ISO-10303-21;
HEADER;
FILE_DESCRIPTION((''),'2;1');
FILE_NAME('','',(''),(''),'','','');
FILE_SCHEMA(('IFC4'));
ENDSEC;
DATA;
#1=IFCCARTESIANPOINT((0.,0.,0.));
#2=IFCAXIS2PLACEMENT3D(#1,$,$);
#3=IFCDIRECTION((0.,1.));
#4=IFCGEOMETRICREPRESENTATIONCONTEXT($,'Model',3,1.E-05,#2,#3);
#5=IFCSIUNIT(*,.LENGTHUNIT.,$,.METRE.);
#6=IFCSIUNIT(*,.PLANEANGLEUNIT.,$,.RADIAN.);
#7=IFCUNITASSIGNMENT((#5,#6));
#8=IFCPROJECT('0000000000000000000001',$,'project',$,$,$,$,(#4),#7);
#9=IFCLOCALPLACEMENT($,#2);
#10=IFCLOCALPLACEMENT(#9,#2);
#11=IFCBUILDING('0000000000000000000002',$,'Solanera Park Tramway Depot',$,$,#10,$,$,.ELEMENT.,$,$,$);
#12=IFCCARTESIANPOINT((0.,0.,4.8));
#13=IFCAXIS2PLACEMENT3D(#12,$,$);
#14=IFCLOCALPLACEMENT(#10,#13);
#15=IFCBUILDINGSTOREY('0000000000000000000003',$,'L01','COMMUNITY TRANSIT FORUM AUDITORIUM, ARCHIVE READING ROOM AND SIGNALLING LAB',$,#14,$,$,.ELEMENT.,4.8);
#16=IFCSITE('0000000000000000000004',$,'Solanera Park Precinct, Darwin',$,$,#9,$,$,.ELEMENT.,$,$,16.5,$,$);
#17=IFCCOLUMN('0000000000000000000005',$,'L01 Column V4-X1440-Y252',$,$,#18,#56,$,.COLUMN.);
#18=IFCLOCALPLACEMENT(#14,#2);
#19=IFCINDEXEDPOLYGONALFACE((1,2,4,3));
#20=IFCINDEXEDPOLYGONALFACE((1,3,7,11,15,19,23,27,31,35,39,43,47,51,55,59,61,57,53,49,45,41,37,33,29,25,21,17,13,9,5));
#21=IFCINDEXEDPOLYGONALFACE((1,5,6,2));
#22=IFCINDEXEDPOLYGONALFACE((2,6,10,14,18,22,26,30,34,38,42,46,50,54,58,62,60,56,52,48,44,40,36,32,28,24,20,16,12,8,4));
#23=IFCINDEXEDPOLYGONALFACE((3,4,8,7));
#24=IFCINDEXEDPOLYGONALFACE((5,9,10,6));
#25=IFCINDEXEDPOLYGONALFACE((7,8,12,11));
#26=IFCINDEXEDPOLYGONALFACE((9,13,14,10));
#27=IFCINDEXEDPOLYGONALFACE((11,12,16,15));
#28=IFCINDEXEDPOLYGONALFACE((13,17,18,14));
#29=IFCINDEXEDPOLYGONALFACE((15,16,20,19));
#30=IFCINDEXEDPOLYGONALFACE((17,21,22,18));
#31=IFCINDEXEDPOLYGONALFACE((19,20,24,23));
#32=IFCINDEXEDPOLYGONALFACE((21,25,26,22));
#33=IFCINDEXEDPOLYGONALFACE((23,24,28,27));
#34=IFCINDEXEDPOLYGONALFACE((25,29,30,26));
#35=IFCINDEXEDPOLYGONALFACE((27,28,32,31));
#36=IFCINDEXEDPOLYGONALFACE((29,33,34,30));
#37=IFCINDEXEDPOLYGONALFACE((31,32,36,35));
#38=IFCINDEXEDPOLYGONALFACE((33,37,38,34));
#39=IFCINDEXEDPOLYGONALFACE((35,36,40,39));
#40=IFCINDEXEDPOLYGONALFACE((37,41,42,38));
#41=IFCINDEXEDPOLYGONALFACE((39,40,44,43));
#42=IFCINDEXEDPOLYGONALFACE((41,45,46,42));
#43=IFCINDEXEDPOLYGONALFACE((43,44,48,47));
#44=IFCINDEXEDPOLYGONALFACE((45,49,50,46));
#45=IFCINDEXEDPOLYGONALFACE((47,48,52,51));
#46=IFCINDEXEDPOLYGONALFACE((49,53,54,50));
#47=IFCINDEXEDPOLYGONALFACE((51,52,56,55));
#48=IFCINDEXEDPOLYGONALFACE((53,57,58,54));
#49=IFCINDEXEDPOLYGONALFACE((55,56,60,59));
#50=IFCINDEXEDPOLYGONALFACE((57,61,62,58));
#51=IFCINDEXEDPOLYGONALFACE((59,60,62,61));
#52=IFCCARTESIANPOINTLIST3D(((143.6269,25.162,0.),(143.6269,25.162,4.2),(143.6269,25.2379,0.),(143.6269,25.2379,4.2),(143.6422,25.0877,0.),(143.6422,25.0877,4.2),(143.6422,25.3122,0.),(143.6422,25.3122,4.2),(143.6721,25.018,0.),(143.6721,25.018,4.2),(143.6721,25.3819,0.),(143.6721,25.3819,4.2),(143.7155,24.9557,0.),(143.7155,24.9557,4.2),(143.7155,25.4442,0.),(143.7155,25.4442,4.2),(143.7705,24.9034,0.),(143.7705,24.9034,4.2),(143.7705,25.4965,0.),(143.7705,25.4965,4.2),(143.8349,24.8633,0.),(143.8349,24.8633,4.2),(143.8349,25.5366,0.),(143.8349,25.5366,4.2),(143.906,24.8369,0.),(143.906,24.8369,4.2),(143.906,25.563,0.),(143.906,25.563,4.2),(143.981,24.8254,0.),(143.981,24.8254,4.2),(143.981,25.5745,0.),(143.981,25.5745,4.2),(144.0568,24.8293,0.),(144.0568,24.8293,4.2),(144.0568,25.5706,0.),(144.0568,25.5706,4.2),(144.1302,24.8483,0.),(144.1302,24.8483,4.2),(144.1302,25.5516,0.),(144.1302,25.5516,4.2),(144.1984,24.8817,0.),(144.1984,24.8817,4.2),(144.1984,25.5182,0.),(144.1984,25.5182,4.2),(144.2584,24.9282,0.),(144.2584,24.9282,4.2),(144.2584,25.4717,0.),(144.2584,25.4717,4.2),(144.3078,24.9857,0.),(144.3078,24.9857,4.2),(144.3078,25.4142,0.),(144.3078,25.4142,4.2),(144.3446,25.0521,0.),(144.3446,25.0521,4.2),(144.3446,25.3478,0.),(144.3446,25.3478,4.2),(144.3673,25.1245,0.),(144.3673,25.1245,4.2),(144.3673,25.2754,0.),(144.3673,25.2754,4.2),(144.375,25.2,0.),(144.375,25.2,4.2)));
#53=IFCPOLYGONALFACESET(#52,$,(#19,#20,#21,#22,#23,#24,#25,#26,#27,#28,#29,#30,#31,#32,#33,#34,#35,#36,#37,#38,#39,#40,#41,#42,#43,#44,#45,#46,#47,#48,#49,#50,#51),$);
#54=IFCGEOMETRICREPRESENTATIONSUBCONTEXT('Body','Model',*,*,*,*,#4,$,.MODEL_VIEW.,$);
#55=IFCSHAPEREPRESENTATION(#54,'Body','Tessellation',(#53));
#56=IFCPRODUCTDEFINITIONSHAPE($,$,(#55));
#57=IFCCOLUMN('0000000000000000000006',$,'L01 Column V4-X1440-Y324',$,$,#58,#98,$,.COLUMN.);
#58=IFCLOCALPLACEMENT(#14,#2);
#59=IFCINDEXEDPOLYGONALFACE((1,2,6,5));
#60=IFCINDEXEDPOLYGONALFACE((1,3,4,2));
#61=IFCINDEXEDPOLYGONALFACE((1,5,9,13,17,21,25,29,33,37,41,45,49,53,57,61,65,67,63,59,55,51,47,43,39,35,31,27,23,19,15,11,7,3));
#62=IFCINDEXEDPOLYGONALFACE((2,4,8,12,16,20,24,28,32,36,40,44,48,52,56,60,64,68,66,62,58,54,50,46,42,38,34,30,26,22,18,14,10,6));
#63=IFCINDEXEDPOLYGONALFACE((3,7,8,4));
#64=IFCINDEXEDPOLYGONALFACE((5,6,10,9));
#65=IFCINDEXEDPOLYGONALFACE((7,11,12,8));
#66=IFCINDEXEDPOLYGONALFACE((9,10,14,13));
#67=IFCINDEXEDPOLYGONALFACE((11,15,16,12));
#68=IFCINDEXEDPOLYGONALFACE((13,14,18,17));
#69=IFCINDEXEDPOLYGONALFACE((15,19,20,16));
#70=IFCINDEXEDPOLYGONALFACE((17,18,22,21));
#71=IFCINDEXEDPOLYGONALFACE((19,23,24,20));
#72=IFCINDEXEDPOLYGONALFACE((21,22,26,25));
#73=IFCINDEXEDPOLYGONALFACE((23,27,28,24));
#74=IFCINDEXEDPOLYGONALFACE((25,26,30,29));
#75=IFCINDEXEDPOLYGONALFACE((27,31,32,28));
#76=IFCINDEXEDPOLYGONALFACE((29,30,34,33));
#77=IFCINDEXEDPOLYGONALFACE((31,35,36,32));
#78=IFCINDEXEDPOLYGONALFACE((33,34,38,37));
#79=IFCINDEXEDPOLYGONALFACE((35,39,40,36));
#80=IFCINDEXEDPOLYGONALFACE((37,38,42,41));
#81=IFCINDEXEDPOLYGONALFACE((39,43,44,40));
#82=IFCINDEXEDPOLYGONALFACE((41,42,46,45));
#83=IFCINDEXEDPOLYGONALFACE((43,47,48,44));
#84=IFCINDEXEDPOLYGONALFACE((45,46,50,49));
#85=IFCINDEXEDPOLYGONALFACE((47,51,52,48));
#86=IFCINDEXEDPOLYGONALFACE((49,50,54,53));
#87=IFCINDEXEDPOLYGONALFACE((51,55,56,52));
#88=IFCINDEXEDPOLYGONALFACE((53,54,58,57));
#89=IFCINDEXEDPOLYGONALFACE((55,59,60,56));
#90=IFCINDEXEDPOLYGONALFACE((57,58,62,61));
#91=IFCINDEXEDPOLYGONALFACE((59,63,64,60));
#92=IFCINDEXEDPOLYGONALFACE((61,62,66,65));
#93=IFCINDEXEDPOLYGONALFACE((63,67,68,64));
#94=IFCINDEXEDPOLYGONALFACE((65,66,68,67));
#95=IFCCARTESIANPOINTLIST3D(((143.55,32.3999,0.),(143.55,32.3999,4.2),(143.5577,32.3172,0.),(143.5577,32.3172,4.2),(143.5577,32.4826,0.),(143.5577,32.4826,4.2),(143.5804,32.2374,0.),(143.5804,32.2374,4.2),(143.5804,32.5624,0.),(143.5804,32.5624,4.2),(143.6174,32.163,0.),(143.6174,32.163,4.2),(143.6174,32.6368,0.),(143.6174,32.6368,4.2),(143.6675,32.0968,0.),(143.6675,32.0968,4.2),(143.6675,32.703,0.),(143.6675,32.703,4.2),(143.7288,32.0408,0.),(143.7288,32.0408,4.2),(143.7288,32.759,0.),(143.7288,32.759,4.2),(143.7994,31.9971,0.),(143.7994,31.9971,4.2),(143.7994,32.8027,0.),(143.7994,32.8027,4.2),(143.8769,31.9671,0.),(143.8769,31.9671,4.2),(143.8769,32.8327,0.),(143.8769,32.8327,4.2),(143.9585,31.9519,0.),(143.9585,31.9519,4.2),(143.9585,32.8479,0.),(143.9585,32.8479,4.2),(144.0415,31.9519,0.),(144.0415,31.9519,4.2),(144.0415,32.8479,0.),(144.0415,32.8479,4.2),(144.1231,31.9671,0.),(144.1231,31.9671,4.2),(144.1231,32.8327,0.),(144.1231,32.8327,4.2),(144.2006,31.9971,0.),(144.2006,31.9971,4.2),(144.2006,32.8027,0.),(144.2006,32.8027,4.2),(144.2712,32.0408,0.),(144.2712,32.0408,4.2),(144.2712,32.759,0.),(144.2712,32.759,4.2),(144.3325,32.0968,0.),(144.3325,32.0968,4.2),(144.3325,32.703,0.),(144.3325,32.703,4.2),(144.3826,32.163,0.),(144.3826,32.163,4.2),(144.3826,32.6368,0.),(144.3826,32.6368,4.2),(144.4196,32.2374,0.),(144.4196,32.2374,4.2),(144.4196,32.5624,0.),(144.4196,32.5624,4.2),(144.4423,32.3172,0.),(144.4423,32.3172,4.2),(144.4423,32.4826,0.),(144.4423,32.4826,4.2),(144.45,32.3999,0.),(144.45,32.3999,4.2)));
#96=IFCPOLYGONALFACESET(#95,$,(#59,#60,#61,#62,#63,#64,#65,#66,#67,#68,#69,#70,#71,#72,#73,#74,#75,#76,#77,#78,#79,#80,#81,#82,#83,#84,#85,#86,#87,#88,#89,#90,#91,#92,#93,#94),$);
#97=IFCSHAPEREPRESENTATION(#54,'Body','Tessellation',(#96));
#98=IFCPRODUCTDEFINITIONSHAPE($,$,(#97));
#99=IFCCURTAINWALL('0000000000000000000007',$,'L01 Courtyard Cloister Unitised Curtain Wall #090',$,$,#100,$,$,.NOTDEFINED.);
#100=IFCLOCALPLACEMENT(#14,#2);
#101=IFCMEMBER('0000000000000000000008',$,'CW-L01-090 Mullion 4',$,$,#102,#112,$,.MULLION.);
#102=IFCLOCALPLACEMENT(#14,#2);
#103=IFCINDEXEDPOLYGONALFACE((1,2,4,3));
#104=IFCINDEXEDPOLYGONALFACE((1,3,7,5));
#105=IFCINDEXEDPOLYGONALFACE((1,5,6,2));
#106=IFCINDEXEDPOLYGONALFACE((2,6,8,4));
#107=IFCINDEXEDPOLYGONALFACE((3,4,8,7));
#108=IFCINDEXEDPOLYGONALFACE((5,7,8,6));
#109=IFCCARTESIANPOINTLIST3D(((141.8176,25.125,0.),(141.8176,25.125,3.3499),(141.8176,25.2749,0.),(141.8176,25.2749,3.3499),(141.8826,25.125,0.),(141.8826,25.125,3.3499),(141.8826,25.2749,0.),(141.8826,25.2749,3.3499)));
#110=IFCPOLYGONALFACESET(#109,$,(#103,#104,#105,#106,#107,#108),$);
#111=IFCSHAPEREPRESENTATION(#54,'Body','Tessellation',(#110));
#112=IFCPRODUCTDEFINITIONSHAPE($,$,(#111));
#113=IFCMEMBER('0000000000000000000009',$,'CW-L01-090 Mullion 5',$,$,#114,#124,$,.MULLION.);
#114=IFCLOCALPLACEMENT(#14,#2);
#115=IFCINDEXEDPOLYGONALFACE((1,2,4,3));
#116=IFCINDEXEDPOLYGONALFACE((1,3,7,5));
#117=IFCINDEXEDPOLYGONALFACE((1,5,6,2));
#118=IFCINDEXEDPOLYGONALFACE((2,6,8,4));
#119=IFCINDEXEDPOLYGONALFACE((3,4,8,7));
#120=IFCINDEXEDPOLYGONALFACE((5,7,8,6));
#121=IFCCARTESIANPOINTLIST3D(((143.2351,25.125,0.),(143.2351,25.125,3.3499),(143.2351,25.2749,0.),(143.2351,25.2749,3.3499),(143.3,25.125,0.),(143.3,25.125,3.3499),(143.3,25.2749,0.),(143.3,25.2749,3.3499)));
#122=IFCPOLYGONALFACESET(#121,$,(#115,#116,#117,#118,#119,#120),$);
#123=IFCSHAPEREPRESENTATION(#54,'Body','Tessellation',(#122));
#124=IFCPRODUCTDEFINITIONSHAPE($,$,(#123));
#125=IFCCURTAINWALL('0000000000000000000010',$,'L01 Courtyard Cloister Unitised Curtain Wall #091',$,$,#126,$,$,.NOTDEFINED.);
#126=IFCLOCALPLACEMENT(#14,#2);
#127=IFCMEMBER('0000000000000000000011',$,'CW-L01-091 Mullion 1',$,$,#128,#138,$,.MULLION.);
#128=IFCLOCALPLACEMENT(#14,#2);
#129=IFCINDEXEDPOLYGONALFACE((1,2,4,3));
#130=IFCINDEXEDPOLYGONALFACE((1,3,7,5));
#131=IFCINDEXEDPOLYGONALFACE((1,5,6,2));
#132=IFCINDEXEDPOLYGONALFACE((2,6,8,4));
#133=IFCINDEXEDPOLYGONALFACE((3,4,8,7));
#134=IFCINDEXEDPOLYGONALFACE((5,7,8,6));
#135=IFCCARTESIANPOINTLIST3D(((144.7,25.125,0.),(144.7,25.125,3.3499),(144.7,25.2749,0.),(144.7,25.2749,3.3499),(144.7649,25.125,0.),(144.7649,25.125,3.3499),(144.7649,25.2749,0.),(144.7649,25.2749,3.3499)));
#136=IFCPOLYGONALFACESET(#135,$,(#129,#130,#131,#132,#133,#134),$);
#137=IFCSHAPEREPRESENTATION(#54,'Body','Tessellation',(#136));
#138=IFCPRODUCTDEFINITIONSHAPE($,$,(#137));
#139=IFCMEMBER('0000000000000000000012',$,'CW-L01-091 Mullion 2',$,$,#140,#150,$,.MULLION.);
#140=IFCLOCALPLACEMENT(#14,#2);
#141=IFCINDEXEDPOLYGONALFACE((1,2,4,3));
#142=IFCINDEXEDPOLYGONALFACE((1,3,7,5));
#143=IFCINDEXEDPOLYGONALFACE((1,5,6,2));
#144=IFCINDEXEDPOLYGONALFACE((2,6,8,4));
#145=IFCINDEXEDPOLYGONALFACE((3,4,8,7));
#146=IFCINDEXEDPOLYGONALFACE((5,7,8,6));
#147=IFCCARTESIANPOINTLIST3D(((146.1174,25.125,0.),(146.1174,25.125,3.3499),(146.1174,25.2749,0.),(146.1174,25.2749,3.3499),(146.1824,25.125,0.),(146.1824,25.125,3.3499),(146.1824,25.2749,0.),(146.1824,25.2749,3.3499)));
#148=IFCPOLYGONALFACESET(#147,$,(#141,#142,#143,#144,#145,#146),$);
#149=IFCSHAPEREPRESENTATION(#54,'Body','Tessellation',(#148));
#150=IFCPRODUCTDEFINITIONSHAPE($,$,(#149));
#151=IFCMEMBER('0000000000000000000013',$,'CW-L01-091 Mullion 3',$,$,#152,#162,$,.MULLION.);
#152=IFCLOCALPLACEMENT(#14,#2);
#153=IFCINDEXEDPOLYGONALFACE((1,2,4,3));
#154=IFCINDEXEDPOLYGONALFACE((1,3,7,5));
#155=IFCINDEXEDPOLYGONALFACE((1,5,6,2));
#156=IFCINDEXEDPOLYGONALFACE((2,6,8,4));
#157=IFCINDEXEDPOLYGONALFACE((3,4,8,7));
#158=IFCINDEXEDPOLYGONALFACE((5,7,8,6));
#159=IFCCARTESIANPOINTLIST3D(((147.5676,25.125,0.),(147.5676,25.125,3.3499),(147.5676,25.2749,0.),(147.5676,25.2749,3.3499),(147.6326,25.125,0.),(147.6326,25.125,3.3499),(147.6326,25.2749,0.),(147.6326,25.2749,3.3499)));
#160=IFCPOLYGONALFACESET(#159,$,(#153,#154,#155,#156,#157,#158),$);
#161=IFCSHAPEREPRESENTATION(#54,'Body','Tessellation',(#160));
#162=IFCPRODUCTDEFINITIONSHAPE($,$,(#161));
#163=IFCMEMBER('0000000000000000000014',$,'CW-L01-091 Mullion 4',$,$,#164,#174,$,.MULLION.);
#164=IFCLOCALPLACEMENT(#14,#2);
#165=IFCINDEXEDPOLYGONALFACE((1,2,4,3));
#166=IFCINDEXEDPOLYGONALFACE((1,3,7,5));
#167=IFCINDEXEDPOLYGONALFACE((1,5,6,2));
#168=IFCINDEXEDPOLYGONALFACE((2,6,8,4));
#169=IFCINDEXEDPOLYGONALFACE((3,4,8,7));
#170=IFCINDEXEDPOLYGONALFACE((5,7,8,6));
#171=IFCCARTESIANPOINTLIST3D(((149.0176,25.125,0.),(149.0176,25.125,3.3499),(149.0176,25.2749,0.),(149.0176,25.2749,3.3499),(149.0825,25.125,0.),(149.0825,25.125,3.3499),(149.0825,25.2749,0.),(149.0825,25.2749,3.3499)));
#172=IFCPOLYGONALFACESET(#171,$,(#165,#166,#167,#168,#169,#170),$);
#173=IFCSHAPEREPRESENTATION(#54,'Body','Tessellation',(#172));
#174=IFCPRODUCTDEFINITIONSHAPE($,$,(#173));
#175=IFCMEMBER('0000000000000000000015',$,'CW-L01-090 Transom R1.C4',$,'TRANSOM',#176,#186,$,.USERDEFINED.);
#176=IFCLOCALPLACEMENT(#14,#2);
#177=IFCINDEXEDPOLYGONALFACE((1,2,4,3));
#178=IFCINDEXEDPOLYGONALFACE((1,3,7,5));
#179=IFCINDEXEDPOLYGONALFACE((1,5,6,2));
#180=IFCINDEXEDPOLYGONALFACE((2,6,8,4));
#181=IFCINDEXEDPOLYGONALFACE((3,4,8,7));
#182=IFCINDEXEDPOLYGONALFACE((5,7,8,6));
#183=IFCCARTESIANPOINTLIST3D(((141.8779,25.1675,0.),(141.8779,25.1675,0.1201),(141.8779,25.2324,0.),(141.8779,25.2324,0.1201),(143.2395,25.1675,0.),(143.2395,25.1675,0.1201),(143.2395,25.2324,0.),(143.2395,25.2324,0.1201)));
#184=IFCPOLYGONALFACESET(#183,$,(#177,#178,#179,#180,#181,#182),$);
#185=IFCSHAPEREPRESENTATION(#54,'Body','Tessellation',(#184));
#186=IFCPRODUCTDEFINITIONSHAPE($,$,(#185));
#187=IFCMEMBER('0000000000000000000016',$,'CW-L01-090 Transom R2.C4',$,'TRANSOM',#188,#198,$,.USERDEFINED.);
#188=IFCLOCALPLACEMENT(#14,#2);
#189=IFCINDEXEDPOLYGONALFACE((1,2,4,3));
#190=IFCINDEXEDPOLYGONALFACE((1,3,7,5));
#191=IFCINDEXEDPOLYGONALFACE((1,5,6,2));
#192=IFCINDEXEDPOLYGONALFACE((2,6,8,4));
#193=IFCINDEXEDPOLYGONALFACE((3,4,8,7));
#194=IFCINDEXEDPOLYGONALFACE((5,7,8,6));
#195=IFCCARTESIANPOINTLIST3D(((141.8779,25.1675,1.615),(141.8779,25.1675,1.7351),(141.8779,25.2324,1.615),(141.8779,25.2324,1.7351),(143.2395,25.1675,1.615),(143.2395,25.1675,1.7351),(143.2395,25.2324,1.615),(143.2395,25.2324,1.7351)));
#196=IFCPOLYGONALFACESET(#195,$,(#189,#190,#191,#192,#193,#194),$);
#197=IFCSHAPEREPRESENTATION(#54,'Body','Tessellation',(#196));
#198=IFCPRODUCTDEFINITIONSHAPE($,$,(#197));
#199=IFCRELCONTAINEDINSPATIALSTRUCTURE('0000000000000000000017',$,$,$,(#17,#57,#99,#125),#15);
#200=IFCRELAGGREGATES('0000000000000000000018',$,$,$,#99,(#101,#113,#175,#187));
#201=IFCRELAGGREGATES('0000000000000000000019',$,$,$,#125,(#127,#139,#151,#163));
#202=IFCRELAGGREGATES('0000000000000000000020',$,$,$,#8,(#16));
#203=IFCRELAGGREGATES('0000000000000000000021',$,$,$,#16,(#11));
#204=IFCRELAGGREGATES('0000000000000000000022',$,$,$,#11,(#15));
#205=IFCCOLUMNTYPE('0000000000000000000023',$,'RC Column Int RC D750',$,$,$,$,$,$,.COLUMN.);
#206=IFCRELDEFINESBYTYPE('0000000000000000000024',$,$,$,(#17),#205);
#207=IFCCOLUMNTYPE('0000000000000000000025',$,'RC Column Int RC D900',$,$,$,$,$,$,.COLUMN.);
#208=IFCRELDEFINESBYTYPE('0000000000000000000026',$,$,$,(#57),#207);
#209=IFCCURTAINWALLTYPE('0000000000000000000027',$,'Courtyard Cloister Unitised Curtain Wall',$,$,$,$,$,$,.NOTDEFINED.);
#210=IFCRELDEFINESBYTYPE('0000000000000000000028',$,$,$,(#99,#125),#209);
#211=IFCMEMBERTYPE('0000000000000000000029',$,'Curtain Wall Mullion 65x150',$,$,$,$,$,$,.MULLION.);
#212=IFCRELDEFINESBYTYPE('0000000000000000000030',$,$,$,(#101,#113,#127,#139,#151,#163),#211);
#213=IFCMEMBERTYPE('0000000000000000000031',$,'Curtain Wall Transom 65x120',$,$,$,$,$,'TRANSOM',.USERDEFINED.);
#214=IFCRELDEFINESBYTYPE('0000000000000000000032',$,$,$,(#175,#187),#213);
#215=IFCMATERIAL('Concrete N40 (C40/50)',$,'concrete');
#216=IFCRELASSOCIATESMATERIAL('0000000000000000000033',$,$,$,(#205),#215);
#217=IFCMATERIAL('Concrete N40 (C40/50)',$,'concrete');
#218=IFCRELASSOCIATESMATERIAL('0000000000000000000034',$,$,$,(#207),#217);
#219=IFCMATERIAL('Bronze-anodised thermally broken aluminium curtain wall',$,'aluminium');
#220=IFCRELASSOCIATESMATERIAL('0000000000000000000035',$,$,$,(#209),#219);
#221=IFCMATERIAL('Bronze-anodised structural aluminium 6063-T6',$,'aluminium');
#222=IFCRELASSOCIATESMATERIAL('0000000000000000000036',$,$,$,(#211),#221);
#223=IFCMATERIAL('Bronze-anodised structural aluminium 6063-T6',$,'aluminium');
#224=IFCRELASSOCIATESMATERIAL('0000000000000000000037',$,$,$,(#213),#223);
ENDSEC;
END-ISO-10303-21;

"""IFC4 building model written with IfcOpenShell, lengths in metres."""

from ifc_helpers import new_model, si_unit, direction, frame, origin, origin_2d, place, context, subcontext, project, spatial, rectangle, circle, extrude, material, material_profile, profile_set, type_object, element, aggregate, save


model = new_model("IFC4")

# Units and contexts
model_context = context("Model", 3, precision=1e-05, world=origin(), true_north=direction((0.0, 1.0)))
body_context = subcontext(model_context, "Body", "Model", "MODEL_VIEW")
ifc_project = project(units=[si_unit("LENGTHUNIT", "METRE"), si_unit("PLANEANGLEUNIT", "RADIAN")], contexts=[model_context])

# Site, building, storey
site_placement = place(None, origin())
site = spatial("IfcSite", under=ifc_project, at=site_placement, Name="Solanera Park Precinct, Darwin", CompositionType="ELEMENT", RefElevation=16.5)
building_placement = place(site_placement, origin())
building = spatial("IfcBuilding", under=site, at=building_placement, Name="Solanera Park Tramway Depot", CompositionType="ELEMENT")
storey_placement = place(building_placement, frame((0.0, 0.0, 4.8)))
storey = spatial("IfcBuildingStorey", under=building, at=storey_placement, Name="L01", Description="COMMUNITY TRANSIT FORUM AUDITORIUM, ARCHIVE READING ROOM AND SIGNALLING LAB", CompositionType="ELEMENT", Elevation=4.8)

# Columns
ifc_material_1 = material(Name="Concrete N40 (C40/50)", Category="concrete")
ifc_material_profile_1 = material_profile(ifc_material_1, circle(Radius=0.375, at=origin_2d()), Name="RC D750")
ifc_profile_set_1 = profile_set([ifc_material_profile_1], Name="Concrete N40 (C40/50)")
column_type_1 = type_object("IfcColumnType", Name="RC Column Int RC D750", PredefinedType="COLUMN", material=ifc_profile_set_1)
column_1_placement = place(storey_placement, frame((144.0, 25.2, 0.0), z_axis=(0.0, 0.0, 1.0), x_axis=(1.0, 0.0, 0.0)))
element("IfcColumn", 1, at=column_1_placement, inside=storey, type_object=column_type_1, Name="L01 Column V4-X1440-Y252", PredefinedType="COLUMN", context=body_context, shape_type="SweptSolid", body=[
    extrude(circle(Radius=0.375, at=origin_2d()), origin(), (0.0, 0.0, 1.0), 4.2),
])
ifc_material_2 = material(Name="Concrete N40 (C40/50)", Category="concrete")
ifc_material_profile_2 = material_profile(ifc_material_2, circle(Radius=0.45, at=origin_2d()), Name="RC D900")
ifc_profile_set_2 = profile_set([ifc_material_profile_2], Name="Concrete N40 (C40/50)")
column_type_2 = type_object("IfcColumnType", Name="RC Column Int RC D900", PredefinedType="COLUMN", material=ifc_profile_set_2)
column_2_placement = place(storey_placement, frame((144.0, 32.3999, 0.0), z_axis=(0.0, 0.0, 1.0), x_axis=(1.0, 0.0, 0.0)))
element("IfcColumn", 2, at=column_2_placement, inside=storey, type_object=column_type_2, Name="L01 Column V4-X1440-Y324", PredefinedType="COLUMN", context=body_context, shape_type="SweptSolid", body=[
    extrude(circle(Radius=0.45, at=origin_2d()), origin(), (0.0, 0.0, 1.0), 4.2),
])

# Curtain walls, members
ifc_material_3 = material(Name="Bronze-anodised thermally broken aluminium curtain wall", Category="aluminium")
curtain_wall_type = type_object("IfcCurtainWallType", Name="Courtyard Cloister Unitised Curtain Wall", PredefinedType="NOTDEFINED", material=ifc_material_3)
curtain_wall_1_placement = place(storey_placement, origin())
curtain_wall_1 = element("IfcCurtainWall", 3, at=curtain_wall_1_placement, inside=storey, type_object=curtain_wall_type, Name="L01 Courtyard Cloister Unitised Curtain Wall #090", PredefinedType="NOTDEFINED")
ifc_material_4 = material(Name="Bronze-anodised structural aluminium 6063-T6", Category="aluminium")
ifc_material_profile_3 = material_profile(ifc_material_4, rectangle(XDim=0.0649, YDim=0.1499, at=origin_2d()), Name="Curtain Wall Mullion 65x150")
ifc_profile_set_3 = profile_set([ifc_material_profile_3], Name="Bronze-anodised structural aluminium 6063-T6")
member_type_1 = type_object("IfcMemberType", Name="Curtain Wall Mullion 65x150", PredefinedType="MULLION", material=ifc_profile_set_3)
member_1_placement = place(storey_placement, frame((141.8501, 25.2, 0.0), z_axis=(0.0, 0.0, 1.0), x_axis=(1.0, 0.0, 0.0)))
member_1 = element("IfcMember", 4, at=member_1_placement, type_object=member_type_1, Name="CW-L01-090 Mullion 4", PredefinedType="MULLION", context=body_context, shape_type="SweptSolid", body=[
    extrude(rectangle(XDim=0.0649, YDim=0.1499, at=origin_2d()), origin(), (0.0, 0.0, 1.0), 3.3499),
])
member_2_placement = place(storey_placement, frame((143.2676, 25.2, 0.0), z_axis=(0.0, 0.0, 1.0), x_axis=(1.0, 0.0, 0.0)))
member_2 = element("IfcMember", 5, at=member_2_placement, type_object=member_type_1, Name="CW-L01-090 Mullion 5", PredefinedType="MULLION", context=body_context, shape_type="SweptSolid", body=[
    extrude(rectangle(XDim=0.0649, YDim=0.1499, at=origin_2d()), origin(), (0.0, 0.0, 1.0), 3.3499),
])
curtain_wall_2_placement = place(storey_placement, origin())
curtain_wall_2 = element("IfcCurtainWall", 6, at=curtain_wall_2_placement, inside=storey, type_object=curtain_wall_type, Name="L01 Courtyard Cloister Unitised Curtain Wall #091", PredefinedType="NOTDEFINED")
member_3_placement = place(storey_placement, frame((144.7324, 25.2, 0.0), z_axis=(0.0, 0.0, 1.0), x_axis=(1.0, 0.0, 0.0)))
member_3 = element("IfcMember", 7, at=member_3_placement, type_object=member_type_1, Name="CW-L01-091 Mullion 1", PredefinedType="MULLION", context=body_context, shape_type="SweptSolid", body=[
    extrude(rectangle(XDim=0.0649, YDim=0.1499, at=origin_2d()), origin(), (0.0, 0.0, 1.0), 3.3499),
])
member_4_placement = place(storey_placement, frame((146.1499, 25.2, 0.0), z_axis=(0.0, 0.0, 1.0), x_axis=(1.0, 0.0, 0.0)))
member_4 = element("IfcMember", 8, at=member_4_placement, type_object=member_type_1, Name="CW-L01-091 Mullion 2", PredefinedType="MULLION", context=body_context, shape_type="SweptSolid", body=[
    extrude(rectangle(XDim=0.0649, YDim=0.1499, at=origin_2d()), origin(), (0.0, 0.0, 1.0), 3.3499),
])
member_5_placement = place(storey_placement, frame((147.6001, 25.2, 0.0), z_axis=(0.0, 0.0, 1.0), x_axis=(1.0, 0.0, 0.0)))
member_5 = element("IfcMember", 9, at=member_5_placement, type_object=member_type_1, Name="CW-L01-091 Mullion 3", PredefinedType="MULLION", context=body_context, shape_type="SweptSolid", body=[
    extrude(rectangle(XDim=0.0649, YDim=0.1499, at=origin_2d()), origin(), (0.0, 0.0, 1.0), 3.3499),
])
member_6_placement = place(storey_placement, frame((149.05, 25.2, 0.0), z_axis=(0.0, 0.0, 1.0), x_axis=(1.0, 0.0, 0.0)))
member_6 = element("IfcMember", 10, at=member_6_placement, type_object=member_type_1, Name="CW-L01-091 Mullion 4", PredefinedType="MULLION", context=body_context, shape_type="SweptSolid", body=[
    extrude(rectangle(XDim=0.0649, YDim=0.1499, at=origin_2d()), origin(), (0.0, 0.0, 1.0), 3.3499),
])

# Members
ifc_material_5 = material(Name="Bronze-anodised structural aluminium 6063-T6", Category="aluminium")
ifc_material_profile_4 = material_profile(ifc_material_5, rectangle(XDim=0.0649, YDim=0.1201, at=origin_2d()), Name="Curtain Wall Transom 65x120")
ifc_profile_set_4 = profile_set([ifc_material_profile_4], Name="Bronze-anodised structural aluminium 6063-T6")
member_type_2 = type_object("IfcMemberType", Name="Curtain Wall Transom 65x120", ElementType="TRANSOM", PredefinedType="USERDEFINED", material=ifc_profile_set_4)
member_7_placement = place(storey_placement, frame((141.8779, 25.2, 0.0601), z_axis=(1.0, 0.0, 0.0), x_axis=(0.0, 1.0, 0.0)))
member_7 = element("IfcMember", 11, at=member_7_placement, type_object=member_type_2, Name="CW-L01-090 Transom R1.C4", ObjectType="TRANSOM", PredefinedType="USERDEFINED", context=body_context, shape_type="SweptSolid", body=[
    extrude(rectangle(XDim=0.0649, YDim=0.1201, at=origin_2d()), origin(), (0.0, 0.0, 1.0), 1.3616),
])
member_8_placement = place(storey_placement, frame((141.8779, 25.2, 1.675), z_axis=(1.0, 0.0, 0.0), x_axis=(0.0, 1.0, 0.0)))
member_8 = element("IfcMember", 12, at=member_8_placement, type_object=member_type_2, Name="CW-L01-090 Transom R2.C4", ObjectType="TRANSOM", PredefinedType="USERDEFINED", context=body_context, shape_type="SweptSolid", body=[
    extrude(rectangle(XDim=0.0649, YDim=0.1201, at=origin_2d()), origin(), (0.0, 0.0, 1.0), 1.3616),
])

aggregate(curtain_wall_1, [member_1, member_2, member_7, member_8])
aggregate(curtain_wall_2, [member_3, member_4, member_5, member_6])

save(model, "model.ifc")
